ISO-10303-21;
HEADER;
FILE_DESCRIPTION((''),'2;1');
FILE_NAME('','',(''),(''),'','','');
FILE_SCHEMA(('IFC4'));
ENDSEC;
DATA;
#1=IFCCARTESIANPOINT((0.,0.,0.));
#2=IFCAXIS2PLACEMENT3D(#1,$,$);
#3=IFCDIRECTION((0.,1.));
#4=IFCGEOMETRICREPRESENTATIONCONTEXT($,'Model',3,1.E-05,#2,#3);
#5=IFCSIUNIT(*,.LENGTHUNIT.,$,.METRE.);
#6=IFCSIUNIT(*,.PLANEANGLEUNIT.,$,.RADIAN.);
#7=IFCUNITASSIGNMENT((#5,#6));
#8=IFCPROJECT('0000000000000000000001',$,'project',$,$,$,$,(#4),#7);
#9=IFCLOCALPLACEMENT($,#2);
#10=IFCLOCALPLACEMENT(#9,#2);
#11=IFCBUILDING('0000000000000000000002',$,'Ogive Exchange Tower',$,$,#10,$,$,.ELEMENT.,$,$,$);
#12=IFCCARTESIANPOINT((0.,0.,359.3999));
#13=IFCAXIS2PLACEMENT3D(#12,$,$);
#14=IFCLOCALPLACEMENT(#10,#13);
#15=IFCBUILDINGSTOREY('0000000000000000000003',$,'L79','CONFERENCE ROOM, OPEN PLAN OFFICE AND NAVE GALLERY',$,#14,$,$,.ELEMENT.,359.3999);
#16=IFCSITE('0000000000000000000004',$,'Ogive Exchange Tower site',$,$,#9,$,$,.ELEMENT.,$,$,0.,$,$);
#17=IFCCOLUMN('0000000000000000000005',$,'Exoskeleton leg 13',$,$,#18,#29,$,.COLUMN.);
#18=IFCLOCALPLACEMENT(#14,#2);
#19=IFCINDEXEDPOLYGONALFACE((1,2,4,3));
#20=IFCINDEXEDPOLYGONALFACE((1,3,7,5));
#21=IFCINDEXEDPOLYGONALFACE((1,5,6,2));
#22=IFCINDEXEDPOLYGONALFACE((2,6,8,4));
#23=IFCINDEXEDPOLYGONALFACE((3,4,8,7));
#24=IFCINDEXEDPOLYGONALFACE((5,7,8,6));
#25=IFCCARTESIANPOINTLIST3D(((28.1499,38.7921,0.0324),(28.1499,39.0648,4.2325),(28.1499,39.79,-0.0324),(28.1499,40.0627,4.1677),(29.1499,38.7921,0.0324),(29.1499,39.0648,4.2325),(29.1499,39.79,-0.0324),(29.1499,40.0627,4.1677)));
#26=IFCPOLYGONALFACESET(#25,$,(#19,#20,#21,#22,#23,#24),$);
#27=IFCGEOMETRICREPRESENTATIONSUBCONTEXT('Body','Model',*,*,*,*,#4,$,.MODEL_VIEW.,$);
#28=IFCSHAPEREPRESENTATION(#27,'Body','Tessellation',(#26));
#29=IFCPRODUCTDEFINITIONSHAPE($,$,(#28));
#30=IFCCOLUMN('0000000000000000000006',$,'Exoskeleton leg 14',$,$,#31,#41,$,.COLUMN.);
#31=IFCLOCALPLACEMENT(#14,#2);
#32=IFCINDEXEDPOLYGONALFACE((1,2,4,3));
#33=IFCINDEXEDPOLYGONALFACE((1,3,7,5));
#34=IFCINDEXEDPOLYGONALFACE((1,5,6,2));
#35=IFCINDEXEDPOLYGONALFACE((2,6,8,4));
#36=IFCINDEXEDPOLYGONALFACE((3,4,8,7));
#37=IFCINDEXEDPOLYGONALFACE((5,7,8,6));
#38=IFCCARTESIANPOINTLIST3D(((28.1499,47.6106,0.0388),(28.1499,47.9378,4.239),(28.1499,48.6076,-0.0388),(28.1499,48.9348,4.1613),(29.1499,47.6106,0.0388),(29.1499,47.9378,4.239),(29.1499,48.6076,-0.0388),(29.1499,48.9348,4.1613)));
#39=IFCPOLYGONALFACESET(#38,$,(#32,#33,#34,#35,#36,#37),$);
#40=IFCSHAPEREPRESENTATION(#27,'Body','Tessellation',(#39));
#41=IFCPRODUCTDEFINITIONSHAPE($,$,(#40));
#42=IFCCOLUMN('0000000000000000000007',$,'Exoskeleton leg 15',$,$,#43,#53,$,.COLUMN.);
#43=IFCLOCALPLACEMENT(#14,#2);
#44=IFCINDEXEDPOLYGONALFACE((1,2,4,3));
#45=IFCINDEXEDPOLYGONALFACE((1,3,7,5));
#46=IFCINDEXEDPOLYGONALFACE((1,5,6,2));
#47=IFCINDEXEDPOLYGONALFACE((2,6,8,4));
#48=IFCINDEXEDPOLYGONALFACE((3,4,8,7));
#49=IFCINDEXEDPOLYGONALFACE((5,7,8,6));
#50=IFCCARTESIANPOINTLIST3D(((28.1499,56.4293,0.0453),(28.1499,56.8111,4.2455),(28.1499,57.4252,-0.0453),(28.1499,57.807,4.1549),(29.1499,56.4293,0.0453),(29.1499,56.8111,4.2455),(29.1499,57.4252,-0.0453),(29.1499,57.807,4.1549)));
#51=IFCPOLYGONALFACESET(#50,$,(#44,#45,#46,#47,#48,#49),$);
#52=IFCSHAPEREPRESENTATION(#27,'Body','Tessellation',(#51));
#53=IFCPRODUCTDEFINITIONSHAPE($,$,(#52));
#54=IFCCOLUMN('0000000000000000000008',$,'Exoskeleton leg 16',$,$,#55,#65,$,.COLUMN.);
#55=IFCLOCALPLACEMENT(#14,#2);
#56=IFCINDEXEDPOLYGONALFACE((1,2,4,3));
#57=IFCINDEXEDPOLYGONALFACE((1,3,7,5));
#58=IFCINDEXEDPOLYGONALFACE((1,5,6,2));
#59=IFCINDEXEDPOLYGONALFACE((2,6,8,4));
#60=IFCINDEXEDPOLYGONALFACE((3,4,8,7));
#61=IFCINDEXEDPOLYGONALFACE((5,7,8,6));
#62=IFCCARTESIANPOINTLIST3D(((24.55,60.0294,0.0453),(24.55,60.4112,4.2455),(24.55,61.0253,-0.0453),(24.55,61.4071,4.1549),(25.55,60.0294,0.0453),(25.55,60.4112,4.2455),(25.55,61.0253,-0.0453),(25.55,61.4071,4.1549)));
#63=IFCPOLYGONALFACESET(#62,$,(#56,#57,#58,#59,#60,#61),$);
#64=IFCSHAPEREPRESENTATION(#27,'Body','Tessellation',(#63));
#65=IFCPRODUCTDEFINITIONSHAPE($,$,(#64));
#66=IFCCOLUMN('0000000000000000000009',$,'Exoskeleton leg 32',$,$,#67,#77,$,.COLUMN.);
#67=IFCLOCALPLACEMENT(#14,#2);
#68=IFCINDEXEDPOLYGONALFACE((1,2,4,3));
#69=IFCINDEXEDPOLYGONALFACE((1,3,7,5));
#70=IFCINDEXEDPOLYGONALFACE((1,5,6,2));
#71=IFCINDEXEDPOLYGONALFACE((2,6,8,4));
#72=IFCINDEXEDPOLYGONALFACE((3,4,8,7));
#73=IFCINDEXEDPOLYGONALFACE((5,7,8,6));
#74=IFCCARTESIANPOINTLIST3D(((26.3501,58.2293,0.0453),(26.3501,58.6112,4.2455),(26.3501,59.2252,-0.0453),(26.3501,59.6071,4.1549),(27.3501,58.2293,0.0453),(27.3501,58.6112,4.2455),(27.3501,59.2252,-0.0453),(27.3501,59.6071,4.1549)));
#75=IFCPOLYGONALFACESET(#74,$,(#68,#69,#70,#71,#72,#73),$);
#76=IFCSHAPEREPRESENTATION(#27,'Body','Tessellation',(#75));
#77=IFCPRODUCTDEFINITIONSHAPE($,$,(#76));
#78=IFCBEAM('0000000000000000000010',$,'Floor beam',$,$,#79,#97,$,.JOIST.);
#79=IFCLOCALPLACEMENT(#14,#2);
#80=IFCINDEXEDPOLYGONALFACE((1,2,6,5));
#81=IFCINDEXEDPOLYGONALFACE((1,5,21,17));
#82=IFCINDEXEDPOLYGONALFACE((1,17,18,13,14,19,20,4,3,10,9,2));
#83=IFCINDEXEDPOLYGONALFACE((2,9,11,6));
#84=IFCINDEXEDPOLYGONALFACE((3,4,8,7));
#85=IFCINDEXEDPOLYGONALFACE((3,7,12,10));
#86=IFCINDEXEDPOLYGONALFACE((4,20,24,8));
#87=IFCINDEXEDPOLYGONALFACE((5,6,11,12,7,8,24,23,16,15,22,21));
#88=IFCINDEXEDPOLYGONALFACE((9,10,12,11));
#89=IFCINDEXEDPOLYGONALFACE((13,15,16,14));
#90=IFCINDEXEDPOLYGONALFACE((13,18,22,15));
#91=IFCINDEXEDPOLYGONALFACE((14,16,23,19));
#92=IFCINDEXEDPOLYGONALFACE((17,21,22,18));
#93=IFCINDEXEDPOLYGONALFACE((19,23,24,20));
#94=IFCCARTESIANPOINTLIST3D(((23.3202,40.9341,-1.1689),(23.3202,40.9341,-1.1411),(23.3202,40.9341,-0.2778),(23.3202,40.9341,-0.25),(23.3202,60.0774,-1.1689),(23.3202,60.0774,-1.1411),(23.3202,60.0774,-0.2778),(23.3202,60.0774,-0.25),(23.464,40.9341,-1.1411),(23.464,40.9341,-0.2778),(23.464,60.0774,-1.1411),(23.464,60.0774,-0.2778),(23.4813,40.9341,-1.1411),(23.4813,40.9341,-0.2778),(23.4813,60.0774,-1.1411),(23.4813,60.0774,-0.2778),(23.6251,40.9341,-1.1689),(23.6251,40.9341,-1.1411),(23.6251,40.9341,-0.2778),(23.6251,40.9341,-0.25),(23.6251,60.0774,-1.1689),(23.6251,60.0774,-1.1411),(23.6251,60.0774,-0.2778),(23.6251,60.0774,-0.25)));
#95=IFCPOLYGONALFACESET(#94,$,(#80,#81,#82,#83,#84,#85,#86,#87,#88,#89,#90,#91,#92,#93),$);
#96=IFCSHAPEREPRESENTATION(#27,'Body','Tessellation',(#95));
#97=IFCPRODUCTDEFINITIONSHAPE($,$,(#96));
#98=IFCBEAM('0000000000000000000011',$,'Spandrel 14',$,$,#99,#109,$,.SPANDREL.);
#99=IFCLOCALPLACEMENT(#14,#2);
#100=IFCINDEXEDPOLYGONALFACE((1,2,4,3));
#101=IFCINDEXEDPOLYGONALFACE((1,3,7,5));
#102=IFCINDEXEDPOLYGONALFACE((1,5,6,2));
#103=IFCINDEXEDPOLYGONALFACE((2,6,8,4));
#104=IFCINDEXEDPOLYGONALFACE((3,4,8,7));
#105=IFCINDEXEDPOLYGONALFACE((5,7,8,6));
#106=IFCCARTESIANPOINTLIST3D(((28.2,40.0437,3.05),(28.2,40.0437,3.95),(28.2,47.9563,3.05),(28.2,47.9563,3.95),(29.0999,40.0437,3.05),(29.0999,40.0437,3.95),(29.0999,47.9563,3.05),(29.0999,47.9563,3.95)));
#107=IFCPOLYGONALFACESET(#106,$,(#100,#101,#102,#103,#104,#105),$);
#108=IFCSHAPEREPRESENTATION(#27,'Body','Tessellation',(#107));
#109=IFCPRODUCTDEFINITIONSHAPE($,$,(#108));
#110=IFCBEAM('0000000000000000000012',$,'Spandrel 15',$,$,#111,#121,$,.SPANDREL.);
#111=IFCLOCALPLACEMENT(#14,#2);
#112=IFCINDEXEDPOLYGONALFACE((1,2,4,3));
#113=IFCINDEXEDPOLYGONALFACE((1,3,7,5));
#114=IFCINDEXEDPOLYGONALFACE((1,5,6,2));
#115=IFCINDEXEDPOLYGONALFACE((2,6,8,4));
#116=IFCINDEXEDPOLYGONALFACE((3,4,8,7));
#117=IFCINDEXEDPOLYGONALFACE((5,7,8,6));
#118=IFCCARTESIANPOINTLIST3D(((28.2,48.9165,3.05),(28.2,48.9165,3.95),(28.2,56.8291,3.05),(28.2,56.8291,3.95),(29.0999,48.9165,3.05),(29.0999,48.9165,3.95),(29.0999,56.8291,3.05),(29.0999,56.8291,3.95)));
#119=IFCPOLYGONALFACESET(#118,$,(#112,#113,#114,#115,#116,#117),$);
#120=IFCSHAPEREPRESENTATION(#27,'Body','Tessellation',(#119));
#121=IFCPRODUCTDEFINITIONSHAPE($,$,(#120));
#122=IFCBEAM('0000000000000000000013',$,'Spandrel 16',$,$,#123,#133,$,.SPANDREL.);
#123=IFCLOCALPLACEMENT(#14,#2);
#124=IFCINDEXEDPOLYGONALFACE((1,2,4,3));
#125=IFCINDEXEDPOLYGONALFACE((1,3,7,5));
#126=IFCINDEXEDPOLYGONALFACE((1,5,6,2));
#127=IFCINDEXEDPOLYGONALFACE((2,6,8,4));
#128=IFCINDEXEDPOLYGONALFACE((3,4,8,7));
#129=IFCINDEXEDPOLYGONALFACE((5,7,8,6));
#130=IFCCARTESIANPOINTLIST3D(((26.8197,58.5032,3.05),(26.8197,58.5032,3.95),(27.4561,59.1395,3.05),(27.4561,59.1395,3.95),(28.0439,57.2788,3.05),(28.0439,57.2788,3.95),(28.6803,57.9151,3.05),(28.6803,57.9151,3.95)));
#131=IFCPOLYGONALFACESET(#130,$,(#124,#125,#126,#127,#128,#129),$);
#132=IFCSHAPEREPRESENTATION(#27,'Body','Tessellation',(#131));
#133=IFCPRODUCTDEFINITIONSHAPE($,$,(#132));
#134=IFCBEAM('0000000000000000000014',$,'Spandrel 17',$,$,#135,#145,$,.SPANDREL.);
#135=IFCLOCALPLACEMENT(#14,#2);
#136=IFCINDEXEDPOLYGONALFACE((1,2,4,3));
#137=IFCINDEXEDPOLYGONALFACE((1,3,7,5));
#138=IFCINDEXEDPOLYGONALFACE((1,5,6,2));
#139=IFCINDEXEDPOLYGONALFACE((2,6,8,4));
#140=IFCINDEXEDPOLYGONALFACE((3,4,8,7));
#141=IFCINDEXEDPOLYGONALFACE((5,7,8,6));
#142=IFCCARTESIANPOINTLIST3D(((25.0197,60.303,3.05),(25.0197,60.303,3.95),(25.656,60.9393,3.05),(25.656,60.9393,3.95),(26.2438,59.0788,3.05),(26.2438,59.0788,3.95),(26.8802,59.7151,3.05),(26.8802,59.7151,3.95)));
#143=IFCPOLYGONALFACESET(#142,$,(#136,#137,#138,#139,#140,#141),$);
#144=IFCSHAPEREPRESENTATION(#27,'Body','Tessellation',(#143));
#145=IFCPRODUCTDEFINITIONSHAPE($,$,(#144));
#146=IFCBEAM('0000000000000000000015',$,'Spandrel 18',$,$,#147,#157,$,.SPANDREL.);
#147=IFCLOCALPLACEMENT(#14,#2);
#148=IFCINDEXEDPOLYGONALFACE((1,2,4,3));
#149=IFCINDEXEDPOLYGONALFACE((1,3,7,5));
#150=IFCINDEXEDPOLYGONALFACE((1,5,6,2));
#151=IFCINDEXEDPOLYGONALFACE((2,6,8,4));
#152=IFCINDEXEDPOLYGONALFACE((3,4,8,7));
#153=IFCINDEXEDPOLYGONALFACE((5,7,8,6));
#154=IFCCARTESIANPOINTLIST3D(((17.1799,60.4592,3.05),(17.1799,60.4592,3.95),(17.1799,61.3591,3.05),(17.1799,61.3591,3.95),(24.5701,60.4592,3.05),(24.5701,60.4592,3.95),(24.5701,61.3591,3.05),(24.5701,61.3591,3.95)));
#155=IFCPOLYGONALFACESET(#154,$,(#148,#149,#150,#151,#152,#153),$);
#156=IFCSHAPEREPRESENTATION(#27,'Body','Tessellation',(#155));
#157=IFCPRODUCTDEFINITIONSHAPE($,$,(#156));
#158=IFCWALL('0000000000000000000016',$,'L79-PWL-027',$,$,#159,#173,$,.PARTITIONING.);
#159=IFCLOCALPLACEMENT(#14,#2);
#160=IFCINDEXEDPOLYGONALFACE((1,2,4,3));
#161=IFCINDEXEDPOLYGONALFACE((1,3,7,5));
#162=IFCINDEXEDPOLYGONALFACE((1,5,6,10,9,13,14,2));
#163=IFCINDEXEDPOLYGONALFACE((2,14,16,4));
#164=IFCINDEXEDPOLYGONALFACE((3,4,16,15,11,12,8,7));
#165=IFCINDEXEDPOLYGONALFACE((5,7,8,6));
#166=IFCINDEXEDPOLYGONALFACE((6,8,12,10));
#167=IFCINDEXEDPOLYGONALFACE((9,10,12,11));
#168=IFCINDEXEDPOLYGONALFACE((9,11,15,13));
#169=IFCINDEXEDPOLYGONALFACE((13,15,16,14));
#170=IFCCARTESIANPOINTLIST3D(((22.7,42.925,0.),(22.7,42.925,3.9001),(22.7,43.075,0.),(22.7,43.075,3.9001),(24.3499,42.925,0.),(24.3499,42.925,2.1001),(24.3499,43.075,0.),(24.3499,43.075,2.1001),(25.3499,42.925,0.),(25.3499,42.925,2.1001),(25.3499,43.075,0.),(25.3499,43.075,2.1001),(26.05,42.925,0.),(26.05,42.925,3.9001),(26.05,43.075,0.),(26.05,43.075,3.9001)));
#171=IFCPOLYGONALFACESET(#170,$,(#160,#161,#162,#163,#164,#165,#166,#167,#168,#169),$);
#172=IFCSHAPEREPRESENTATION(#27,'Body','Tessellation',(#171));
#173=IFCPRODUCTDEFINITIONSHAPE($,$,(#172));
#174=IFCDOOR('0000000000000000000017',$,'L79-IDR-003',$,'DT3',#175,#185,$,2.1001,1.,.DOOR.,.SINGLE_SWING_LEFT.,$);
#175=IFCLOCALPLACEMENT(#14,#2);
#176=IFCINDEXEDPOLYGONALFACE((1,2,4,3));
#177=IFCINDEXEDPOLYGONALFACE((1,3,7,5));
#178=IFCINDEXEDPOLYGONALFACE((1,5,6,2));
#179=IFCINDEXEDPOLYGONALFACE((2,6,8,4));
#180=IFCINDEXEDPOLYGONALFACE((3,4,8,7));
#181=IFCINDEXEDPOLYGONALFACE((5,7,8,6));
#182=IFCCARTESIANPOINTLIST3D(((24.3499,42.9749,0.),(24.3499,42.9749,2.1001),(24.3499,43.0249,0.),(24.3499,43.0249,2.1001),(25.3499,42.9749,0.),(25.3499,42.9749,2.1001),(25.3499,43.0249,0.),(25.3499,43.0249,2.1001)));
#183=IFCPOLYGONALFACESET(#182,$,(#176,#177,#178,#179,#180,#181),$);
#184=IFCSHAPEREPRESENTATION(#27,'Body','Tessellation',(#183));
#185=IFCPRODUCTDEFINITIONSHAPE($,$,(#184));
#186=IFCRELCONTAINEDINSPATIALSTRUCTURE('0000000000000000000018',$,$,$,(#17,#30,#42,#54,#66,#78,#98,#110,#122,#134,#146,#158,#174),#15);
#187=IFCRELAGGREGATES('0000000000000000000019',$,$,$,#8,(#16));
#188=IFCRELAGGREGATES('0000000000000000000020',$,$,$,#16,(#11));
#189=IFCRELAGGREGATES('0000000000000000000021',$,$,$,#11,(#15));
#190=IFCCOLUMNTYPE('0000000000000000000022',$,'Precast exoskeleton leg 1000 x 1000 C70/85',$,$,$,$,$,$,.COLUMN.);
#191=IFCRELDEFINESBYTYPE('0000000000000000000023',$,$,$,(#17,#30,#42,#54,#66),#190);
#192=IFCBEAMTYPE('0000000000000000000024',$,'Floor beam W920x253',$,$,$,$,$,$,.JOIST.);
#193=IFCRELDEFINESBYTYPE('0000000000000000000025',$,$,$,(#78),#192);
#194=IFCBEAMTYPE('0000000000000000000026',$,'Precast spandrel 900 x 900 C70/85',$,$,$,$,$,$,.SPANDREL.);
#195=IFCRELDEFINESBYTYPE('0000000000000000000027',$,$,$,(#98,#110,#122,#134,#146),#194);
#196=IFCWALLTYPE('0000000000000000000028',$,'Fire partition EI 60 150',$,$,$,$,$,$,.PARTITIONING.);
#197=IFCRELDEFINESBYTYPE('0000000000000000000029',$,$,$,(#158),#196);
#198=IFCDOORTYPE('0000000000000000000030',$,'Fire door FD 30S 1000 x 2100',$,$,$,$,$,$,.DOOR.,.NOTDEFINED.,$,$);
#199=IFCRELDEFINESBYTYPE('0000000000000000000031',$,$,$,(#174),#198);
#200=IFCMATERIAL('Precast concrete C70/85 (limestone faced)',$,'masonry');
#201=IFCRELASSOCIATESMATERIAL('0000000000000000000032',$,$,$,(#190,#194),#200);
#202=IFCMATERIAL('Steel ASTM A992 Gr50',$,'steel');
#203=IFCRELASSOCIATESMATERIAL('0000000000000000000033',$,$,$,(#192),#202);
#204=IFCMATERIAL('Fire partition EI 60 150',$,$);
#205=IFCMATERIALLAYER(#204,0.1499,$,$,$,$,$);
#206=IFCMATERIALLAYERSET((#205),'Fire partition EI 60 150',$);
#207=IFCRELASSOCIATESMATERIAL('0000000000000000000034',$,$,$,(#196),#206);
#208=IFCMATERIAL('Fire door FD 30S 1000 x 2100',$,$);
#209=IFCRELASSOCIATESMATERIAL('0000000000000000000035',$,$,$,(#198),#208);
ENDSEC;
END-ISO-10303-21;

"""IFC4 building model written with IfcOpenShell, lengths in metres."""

from ifc_helpers import new_model, si_unit, direction, frame, frame_2d, origin, origin_2d, place, context, subcontext, project, spatial, rectangle, i_section, extrude, material, layer, layer_set, material_profile, profile_set, type_object, element, fill, save


model = new_model("IFC4")

# Units and contexts
model_context = context("Model", 3, precision=1e-05, world=origin(), true_north=direction((0.0, 1.0)))
body_context = subcontext(model_context, "Body", "Model", "MODEL_VIEW")
ifc_project = project(units=[si_unit("LENGTHUNIT", "METRE"), si_unit("PLANEANGLEUNIT", "RADIAN")], contexts=[model_context])

# Site, building, storey
site_placement = place(None, origin())
site = spatial("IfcSite", under=ifc_project, at=site_placement, Name="Ogive Exchange Tower site", CompositionType="ELEMENT", RefElevation=0.0)
building_placement = place(site_placement, origin())
building = spatial("IfcBuilding", under=site, at=building_placement, Name="Ogive Exchange Tower", CompositionType="ELEMENT")
storey_placement = place(building_placement, frame((0.0, 0.0, 359.3999)))
storey = spatial("IfcBuildingStorey", under=building, at=storey_placement, Name="L79", Description="CONFERENCE ROOM, OPEN PLAN OFFICE AND NAVE GALLERY", CompositionType="ELEMENT", Elevation=359.3999)

# Columns
ifc_material_1 = material(Name="Precast concrete C70/85 (limestone faced)", Category="masonry")
ifc_material_profile_1 = material_profile(ifc_material_1, rectangle(XDim=1.0, YDim=1.0, at=origin_2d()), Name="1000 x 1000")
ifc_profile_set_1 = profile_set([ifc_material_profile_1], Name="Precast concrete C70/85 (limestone faced)")
column_type = type_object("IfcColumnType", Name="Precast exoskeleton leg 1000 x 1000 C70/85", PredefinedType="COLUMN", material=ifc_profile_set_1)
column_1_placement = place(storey_placement, frame((28.6499, 39.291, 0.0), z_axis=(0.0, 0.06479, 0.997899), x_axis=(-1.0, 0.0, 0.0)))
element("IfcColumn", 1, at=column_1_placement, inside=storey, type_object=column_type, Name="Exoskeleton leg 13", PredefinedType="COLUMN", context=body_context, shape_type="SweptSolid", body=[
    extrude(rectangle(XDim=1.0, YDim=1.0, at=origin_2d()), origin(), (0.0, 0.0, 1.0), 4.209),
])
column_2_placement = place(storey_placement, frame((28.6499, 48.1091, 0.0), z_axis=(0.0, 0.077654, 0.99698), x_axis=(-1.0, 0.0, 0.0)))
element("IfcColumn", 2, at=column_2_placement, inside=storey, type_object=column_type, Name="Exoskeleton leg 14", PredefinedType="COLUMN", context=body_context, shape_type="SweptSolid", body=[
    extrude(rectangle(XDim=1.0, YDim=1.0, at=origin_2d()), origin(), (0.0, 0.0, 1.0), 4.2129),
])
for number, where, z_axis, x_axis, name in (
    (3, (28.6499, 56.9272, 0.0), (0.0, 0.090536, 0.995893), (-1.0, 0.0, 0.0), "Exoskeleton leg 15"),
    (4, (25.05, 60.5273, 0.0), (0.0, 0.090536, 0.995893), (-1.0, 0.0, 0.0), "Exoskeleton leg 16"),
    (5, (26.8501, 58.7273, 0.0), (0.0, 0.090536, 0.995893), (-1.0, 0.0, 0.0), "Exoskeleton leg 32"),
):
    element("IfcColumn", number, at=place(storey_placement, frame(where, z_axis=z_axis, x_axis=x_axis)), inside=storey, type_object=column_type, Name=name, PredefinedType="COLUMN", context=body_context, shape_type="SweptSolid", body=[
        extrude(rectangle(XDim=1.0, YDim=1.0, at=origin_2d()), origin(), (0.0, 0.0, 1.0), 4.2175),
    ])

# Beams
ifc_material_2 = material(Name="Steel ASTM A992 Gr50", Category="steel")
ifc_material_profile_2 = material_profile(ifc_material_2, i_section(OverallWidth=0.3049, OverallDepth=0.9189, WebThickness=0.0173, FlangeThickness=0.0278, at=origin_2d()), Name="W920x253")
ifc_profile_set_2 = profile_set([ifc_material_profile_2], Name="Steel ASTM A992 Gr50")
beam_type_1 = type_object("IfcBeamType", Name="Floor beam W920x253", PredefinedType="JOIST", material=ifc_profile_set_2)
beam_1_placement = place(storey_placement, frame((23.4727, 40.9341, -0.7095), z_axis=(0.0, 1.0, 0.0), x_axis=(-1.0, 0.0, 0.0)))
element("IfcBeam", 6, at=beam_1_placement, inside=storey, type_object=beam_type_1, Name="Floor beam", PredefinedType="JOIST", context=body_context, shape_type="SweptSolid", body=[
    extrude(i_section(OverallWidth=0.3049, OverallDepth=0.9189, WebThickness=0.0173, FlangeThickness=0.0278, at=origin_2d()), origin(), (0.0, 0.0, 1.0), 19.1433),
])
ifc_material_profile_3 = material_profile(ifc_material_1, rectangle(XDim=0.8999, YDim=0.8999, at=origin_2d()), Name="900 x 900")
ifc_profile_set_3 = profile_set([ifc_material_profile_3], Name="Precast concrete C70/85 (limestone faced)")
beam_type_2 = type_object("IfcBeamType", Name="Precast spandrel 900 x 900 C70/85", PredefinedType="SPANDREL", material=ifc_profile_set_3)
for number, where, z_axis, x_axis, name in (
    (7, (28.6499, 40.0437, 3.5), (0.0, 1.0, 0.0), (-1.0, 0.0, 0.0), "Spandrel 14"),
    (8, (28.6499, 48.9165, 3.5), (0.0, 1.0, 0.0), (-1.0, 0.0, 0.0), "Spandrel 15"),
):
    element("IfcBeam", number, at=place(storey_placement, frame(where, z_axis=z_axis, x_axis=x_axis)), inside=storey, type_object=beam_type_2, Name=name, PredefinedType="SPANDREL", context=body_context, shape_type="SweptSolid", body=[
        extrude(rectangle(XDim=0.8999, YDim=0.8999, at=origin_2d()), origin(), (0.0, 0.0, 1.0), 7.9126),
    ])
beam_2_placement = place(storey_placement, frame((28.3621, 57.5969, 3.5), z_axis=(-0.707036, 0.707177, 0.0), x_axis=(-0.707177, -0.707036, 0.0)))
element("IfcBeam", 9, at=beam_2_placement, inside=storey, type_object=beam_type_2, Name="Spandrel 16", PredefinedType="SPANDREL", context=body_context, shape_type="SweptSolid", body=[
    extrude(rectangle(XDim=0.8999, YDim=0.8999, at=origin_2d()), origin(), (0.0, 0.0, 1.0), 1.7314),
])
beam_3_placement = place(storey_placement, frame((26.562, 59.397, 3.5), z_axis=(-0.707107, 0.707107, 0.0), x_axis=(-0.707107, -0.707107, 0.0)))
element("IfcBeam", 10, at=beam_3_placement, inside=storey, type_object=beam_type_2, Name="Spandrel 17", PredefinedType="SPANDREL", context=body_context, shape_type="SweptSolid", body=[
    extrude(rectangle(XDim=0.8999, YDim=0.8999, at=origin_2d()), origin(), (0.0, 0.0, 1.0), 1.7312),
])
beam_4_placement = place(storey_placement, frame((24.5701, 60.9092, 3.5), z_axis=(-1.0, 0.0, 0.0), x_axis=(0.0, -1.0, 0.0)))
element("IfcBeam", 11, at=beam_4_placement, inside=storey, type_object=beam_type_2, Name="Spandrel 18", PredefinedType="SPANDREL", context=body_context, shape_type="SweptSolid", body=[
    extrude(rectangle(XDim=0.8999, YDim=0.8999, at=origin_2d()), origin(), (0.0, 0.0, 1.0), 7.3901),
])

# Wall, opening, door
ifc_material_3 = material(Name="Fire partition EI 60 150")
ifc_layer_1 = layer(ifc_material_3, 0.1499)
ifc_layer_set_1 = layer_set([ifc_layer_1], Name="Fire partition EI 60 150")
wall_type_1 = type_object("IfcWallType", Name="Fire partition EI 60 150", PredefinedType="PARTITIONING", material=ifc_layer_set_1)
wall_1_placement = place(storey_placement, frame((22.7, 43.0, 0.0), z_axis=(0.0, 0.0, 1.0), x_axis=(1.0, 0.0, 0.0)))
wall_1 = element("IfcWall", 12, at=wall_1_placement, inside=storey, type_object=wall_type_1, Name="L79-PWL-027", PredefinedType="PARTITIONING", context=body_context, shape_type="SweptSolid", body=[
    extrude(rectangle(XDim=3.3501, YDim=0.1499, at=frame_2d((1.675, 0.0))), origin(), (0.0, 0.0, 1.0), 3.9001),
])
opening_1_placement = place(wall_1_placement, frame((1.6499, 0.0, 0.0)))
opening_1 = element("IfcOpeningElement", 13, at=opening_1_placement, cuts=wall_1, PredefinedType="OPENING", context=body_context, shape_type="SweptSolid", body=[
    extrude(rectangle(XDim=1.0, YDim=2.1001, at=frame_2d((0.5, 1.05))), frame((0.0, 0.085, 0.0), z_axis=(0.0, -1.0, 0.0), x_axis=(1.0, 0.0, 0.0)), (0.0, 0.0, 1.0), 0.1699),
])
ifc_material_4 = material(Name="Fire door FD 30S 1000 x 2100")
door_type_1 = type_object("IfcDoorType", Name="Fire door FD 30S 1000 x 2100", OperationType="NOTDEFINED", PredefinedType="DOOR", material=ifc_material_4)
door_1_placement = place(opening_1_placement, origin())
door_1 = element("IfcDoor", 14, at=door_1_placement, inside=storey, type_object=door_type_1, Name="L79-IDR-003", ObjectType="DT3", OperationType="SINGLE_SWING_LEFT", OverallHeight=2.1001, OverallWidth=1.0, PredefinedType="DOOR", context=body_context, shape_type="SweptSolid", body=[
    extrude(rectangle(XDim=1.0, YDim=2.1001, at=frame_2d((0.5, 1.05))), frame((0.0, 0.0249, 0.0), z_axis=(0.0, -1.0, 0.0), x_axis=(1.0, 0.0, 0.0)), (0.0, 0.0, 1.0), 0.05),
])
fill(opening_1, door_1)

save(model, "model.ifc")
